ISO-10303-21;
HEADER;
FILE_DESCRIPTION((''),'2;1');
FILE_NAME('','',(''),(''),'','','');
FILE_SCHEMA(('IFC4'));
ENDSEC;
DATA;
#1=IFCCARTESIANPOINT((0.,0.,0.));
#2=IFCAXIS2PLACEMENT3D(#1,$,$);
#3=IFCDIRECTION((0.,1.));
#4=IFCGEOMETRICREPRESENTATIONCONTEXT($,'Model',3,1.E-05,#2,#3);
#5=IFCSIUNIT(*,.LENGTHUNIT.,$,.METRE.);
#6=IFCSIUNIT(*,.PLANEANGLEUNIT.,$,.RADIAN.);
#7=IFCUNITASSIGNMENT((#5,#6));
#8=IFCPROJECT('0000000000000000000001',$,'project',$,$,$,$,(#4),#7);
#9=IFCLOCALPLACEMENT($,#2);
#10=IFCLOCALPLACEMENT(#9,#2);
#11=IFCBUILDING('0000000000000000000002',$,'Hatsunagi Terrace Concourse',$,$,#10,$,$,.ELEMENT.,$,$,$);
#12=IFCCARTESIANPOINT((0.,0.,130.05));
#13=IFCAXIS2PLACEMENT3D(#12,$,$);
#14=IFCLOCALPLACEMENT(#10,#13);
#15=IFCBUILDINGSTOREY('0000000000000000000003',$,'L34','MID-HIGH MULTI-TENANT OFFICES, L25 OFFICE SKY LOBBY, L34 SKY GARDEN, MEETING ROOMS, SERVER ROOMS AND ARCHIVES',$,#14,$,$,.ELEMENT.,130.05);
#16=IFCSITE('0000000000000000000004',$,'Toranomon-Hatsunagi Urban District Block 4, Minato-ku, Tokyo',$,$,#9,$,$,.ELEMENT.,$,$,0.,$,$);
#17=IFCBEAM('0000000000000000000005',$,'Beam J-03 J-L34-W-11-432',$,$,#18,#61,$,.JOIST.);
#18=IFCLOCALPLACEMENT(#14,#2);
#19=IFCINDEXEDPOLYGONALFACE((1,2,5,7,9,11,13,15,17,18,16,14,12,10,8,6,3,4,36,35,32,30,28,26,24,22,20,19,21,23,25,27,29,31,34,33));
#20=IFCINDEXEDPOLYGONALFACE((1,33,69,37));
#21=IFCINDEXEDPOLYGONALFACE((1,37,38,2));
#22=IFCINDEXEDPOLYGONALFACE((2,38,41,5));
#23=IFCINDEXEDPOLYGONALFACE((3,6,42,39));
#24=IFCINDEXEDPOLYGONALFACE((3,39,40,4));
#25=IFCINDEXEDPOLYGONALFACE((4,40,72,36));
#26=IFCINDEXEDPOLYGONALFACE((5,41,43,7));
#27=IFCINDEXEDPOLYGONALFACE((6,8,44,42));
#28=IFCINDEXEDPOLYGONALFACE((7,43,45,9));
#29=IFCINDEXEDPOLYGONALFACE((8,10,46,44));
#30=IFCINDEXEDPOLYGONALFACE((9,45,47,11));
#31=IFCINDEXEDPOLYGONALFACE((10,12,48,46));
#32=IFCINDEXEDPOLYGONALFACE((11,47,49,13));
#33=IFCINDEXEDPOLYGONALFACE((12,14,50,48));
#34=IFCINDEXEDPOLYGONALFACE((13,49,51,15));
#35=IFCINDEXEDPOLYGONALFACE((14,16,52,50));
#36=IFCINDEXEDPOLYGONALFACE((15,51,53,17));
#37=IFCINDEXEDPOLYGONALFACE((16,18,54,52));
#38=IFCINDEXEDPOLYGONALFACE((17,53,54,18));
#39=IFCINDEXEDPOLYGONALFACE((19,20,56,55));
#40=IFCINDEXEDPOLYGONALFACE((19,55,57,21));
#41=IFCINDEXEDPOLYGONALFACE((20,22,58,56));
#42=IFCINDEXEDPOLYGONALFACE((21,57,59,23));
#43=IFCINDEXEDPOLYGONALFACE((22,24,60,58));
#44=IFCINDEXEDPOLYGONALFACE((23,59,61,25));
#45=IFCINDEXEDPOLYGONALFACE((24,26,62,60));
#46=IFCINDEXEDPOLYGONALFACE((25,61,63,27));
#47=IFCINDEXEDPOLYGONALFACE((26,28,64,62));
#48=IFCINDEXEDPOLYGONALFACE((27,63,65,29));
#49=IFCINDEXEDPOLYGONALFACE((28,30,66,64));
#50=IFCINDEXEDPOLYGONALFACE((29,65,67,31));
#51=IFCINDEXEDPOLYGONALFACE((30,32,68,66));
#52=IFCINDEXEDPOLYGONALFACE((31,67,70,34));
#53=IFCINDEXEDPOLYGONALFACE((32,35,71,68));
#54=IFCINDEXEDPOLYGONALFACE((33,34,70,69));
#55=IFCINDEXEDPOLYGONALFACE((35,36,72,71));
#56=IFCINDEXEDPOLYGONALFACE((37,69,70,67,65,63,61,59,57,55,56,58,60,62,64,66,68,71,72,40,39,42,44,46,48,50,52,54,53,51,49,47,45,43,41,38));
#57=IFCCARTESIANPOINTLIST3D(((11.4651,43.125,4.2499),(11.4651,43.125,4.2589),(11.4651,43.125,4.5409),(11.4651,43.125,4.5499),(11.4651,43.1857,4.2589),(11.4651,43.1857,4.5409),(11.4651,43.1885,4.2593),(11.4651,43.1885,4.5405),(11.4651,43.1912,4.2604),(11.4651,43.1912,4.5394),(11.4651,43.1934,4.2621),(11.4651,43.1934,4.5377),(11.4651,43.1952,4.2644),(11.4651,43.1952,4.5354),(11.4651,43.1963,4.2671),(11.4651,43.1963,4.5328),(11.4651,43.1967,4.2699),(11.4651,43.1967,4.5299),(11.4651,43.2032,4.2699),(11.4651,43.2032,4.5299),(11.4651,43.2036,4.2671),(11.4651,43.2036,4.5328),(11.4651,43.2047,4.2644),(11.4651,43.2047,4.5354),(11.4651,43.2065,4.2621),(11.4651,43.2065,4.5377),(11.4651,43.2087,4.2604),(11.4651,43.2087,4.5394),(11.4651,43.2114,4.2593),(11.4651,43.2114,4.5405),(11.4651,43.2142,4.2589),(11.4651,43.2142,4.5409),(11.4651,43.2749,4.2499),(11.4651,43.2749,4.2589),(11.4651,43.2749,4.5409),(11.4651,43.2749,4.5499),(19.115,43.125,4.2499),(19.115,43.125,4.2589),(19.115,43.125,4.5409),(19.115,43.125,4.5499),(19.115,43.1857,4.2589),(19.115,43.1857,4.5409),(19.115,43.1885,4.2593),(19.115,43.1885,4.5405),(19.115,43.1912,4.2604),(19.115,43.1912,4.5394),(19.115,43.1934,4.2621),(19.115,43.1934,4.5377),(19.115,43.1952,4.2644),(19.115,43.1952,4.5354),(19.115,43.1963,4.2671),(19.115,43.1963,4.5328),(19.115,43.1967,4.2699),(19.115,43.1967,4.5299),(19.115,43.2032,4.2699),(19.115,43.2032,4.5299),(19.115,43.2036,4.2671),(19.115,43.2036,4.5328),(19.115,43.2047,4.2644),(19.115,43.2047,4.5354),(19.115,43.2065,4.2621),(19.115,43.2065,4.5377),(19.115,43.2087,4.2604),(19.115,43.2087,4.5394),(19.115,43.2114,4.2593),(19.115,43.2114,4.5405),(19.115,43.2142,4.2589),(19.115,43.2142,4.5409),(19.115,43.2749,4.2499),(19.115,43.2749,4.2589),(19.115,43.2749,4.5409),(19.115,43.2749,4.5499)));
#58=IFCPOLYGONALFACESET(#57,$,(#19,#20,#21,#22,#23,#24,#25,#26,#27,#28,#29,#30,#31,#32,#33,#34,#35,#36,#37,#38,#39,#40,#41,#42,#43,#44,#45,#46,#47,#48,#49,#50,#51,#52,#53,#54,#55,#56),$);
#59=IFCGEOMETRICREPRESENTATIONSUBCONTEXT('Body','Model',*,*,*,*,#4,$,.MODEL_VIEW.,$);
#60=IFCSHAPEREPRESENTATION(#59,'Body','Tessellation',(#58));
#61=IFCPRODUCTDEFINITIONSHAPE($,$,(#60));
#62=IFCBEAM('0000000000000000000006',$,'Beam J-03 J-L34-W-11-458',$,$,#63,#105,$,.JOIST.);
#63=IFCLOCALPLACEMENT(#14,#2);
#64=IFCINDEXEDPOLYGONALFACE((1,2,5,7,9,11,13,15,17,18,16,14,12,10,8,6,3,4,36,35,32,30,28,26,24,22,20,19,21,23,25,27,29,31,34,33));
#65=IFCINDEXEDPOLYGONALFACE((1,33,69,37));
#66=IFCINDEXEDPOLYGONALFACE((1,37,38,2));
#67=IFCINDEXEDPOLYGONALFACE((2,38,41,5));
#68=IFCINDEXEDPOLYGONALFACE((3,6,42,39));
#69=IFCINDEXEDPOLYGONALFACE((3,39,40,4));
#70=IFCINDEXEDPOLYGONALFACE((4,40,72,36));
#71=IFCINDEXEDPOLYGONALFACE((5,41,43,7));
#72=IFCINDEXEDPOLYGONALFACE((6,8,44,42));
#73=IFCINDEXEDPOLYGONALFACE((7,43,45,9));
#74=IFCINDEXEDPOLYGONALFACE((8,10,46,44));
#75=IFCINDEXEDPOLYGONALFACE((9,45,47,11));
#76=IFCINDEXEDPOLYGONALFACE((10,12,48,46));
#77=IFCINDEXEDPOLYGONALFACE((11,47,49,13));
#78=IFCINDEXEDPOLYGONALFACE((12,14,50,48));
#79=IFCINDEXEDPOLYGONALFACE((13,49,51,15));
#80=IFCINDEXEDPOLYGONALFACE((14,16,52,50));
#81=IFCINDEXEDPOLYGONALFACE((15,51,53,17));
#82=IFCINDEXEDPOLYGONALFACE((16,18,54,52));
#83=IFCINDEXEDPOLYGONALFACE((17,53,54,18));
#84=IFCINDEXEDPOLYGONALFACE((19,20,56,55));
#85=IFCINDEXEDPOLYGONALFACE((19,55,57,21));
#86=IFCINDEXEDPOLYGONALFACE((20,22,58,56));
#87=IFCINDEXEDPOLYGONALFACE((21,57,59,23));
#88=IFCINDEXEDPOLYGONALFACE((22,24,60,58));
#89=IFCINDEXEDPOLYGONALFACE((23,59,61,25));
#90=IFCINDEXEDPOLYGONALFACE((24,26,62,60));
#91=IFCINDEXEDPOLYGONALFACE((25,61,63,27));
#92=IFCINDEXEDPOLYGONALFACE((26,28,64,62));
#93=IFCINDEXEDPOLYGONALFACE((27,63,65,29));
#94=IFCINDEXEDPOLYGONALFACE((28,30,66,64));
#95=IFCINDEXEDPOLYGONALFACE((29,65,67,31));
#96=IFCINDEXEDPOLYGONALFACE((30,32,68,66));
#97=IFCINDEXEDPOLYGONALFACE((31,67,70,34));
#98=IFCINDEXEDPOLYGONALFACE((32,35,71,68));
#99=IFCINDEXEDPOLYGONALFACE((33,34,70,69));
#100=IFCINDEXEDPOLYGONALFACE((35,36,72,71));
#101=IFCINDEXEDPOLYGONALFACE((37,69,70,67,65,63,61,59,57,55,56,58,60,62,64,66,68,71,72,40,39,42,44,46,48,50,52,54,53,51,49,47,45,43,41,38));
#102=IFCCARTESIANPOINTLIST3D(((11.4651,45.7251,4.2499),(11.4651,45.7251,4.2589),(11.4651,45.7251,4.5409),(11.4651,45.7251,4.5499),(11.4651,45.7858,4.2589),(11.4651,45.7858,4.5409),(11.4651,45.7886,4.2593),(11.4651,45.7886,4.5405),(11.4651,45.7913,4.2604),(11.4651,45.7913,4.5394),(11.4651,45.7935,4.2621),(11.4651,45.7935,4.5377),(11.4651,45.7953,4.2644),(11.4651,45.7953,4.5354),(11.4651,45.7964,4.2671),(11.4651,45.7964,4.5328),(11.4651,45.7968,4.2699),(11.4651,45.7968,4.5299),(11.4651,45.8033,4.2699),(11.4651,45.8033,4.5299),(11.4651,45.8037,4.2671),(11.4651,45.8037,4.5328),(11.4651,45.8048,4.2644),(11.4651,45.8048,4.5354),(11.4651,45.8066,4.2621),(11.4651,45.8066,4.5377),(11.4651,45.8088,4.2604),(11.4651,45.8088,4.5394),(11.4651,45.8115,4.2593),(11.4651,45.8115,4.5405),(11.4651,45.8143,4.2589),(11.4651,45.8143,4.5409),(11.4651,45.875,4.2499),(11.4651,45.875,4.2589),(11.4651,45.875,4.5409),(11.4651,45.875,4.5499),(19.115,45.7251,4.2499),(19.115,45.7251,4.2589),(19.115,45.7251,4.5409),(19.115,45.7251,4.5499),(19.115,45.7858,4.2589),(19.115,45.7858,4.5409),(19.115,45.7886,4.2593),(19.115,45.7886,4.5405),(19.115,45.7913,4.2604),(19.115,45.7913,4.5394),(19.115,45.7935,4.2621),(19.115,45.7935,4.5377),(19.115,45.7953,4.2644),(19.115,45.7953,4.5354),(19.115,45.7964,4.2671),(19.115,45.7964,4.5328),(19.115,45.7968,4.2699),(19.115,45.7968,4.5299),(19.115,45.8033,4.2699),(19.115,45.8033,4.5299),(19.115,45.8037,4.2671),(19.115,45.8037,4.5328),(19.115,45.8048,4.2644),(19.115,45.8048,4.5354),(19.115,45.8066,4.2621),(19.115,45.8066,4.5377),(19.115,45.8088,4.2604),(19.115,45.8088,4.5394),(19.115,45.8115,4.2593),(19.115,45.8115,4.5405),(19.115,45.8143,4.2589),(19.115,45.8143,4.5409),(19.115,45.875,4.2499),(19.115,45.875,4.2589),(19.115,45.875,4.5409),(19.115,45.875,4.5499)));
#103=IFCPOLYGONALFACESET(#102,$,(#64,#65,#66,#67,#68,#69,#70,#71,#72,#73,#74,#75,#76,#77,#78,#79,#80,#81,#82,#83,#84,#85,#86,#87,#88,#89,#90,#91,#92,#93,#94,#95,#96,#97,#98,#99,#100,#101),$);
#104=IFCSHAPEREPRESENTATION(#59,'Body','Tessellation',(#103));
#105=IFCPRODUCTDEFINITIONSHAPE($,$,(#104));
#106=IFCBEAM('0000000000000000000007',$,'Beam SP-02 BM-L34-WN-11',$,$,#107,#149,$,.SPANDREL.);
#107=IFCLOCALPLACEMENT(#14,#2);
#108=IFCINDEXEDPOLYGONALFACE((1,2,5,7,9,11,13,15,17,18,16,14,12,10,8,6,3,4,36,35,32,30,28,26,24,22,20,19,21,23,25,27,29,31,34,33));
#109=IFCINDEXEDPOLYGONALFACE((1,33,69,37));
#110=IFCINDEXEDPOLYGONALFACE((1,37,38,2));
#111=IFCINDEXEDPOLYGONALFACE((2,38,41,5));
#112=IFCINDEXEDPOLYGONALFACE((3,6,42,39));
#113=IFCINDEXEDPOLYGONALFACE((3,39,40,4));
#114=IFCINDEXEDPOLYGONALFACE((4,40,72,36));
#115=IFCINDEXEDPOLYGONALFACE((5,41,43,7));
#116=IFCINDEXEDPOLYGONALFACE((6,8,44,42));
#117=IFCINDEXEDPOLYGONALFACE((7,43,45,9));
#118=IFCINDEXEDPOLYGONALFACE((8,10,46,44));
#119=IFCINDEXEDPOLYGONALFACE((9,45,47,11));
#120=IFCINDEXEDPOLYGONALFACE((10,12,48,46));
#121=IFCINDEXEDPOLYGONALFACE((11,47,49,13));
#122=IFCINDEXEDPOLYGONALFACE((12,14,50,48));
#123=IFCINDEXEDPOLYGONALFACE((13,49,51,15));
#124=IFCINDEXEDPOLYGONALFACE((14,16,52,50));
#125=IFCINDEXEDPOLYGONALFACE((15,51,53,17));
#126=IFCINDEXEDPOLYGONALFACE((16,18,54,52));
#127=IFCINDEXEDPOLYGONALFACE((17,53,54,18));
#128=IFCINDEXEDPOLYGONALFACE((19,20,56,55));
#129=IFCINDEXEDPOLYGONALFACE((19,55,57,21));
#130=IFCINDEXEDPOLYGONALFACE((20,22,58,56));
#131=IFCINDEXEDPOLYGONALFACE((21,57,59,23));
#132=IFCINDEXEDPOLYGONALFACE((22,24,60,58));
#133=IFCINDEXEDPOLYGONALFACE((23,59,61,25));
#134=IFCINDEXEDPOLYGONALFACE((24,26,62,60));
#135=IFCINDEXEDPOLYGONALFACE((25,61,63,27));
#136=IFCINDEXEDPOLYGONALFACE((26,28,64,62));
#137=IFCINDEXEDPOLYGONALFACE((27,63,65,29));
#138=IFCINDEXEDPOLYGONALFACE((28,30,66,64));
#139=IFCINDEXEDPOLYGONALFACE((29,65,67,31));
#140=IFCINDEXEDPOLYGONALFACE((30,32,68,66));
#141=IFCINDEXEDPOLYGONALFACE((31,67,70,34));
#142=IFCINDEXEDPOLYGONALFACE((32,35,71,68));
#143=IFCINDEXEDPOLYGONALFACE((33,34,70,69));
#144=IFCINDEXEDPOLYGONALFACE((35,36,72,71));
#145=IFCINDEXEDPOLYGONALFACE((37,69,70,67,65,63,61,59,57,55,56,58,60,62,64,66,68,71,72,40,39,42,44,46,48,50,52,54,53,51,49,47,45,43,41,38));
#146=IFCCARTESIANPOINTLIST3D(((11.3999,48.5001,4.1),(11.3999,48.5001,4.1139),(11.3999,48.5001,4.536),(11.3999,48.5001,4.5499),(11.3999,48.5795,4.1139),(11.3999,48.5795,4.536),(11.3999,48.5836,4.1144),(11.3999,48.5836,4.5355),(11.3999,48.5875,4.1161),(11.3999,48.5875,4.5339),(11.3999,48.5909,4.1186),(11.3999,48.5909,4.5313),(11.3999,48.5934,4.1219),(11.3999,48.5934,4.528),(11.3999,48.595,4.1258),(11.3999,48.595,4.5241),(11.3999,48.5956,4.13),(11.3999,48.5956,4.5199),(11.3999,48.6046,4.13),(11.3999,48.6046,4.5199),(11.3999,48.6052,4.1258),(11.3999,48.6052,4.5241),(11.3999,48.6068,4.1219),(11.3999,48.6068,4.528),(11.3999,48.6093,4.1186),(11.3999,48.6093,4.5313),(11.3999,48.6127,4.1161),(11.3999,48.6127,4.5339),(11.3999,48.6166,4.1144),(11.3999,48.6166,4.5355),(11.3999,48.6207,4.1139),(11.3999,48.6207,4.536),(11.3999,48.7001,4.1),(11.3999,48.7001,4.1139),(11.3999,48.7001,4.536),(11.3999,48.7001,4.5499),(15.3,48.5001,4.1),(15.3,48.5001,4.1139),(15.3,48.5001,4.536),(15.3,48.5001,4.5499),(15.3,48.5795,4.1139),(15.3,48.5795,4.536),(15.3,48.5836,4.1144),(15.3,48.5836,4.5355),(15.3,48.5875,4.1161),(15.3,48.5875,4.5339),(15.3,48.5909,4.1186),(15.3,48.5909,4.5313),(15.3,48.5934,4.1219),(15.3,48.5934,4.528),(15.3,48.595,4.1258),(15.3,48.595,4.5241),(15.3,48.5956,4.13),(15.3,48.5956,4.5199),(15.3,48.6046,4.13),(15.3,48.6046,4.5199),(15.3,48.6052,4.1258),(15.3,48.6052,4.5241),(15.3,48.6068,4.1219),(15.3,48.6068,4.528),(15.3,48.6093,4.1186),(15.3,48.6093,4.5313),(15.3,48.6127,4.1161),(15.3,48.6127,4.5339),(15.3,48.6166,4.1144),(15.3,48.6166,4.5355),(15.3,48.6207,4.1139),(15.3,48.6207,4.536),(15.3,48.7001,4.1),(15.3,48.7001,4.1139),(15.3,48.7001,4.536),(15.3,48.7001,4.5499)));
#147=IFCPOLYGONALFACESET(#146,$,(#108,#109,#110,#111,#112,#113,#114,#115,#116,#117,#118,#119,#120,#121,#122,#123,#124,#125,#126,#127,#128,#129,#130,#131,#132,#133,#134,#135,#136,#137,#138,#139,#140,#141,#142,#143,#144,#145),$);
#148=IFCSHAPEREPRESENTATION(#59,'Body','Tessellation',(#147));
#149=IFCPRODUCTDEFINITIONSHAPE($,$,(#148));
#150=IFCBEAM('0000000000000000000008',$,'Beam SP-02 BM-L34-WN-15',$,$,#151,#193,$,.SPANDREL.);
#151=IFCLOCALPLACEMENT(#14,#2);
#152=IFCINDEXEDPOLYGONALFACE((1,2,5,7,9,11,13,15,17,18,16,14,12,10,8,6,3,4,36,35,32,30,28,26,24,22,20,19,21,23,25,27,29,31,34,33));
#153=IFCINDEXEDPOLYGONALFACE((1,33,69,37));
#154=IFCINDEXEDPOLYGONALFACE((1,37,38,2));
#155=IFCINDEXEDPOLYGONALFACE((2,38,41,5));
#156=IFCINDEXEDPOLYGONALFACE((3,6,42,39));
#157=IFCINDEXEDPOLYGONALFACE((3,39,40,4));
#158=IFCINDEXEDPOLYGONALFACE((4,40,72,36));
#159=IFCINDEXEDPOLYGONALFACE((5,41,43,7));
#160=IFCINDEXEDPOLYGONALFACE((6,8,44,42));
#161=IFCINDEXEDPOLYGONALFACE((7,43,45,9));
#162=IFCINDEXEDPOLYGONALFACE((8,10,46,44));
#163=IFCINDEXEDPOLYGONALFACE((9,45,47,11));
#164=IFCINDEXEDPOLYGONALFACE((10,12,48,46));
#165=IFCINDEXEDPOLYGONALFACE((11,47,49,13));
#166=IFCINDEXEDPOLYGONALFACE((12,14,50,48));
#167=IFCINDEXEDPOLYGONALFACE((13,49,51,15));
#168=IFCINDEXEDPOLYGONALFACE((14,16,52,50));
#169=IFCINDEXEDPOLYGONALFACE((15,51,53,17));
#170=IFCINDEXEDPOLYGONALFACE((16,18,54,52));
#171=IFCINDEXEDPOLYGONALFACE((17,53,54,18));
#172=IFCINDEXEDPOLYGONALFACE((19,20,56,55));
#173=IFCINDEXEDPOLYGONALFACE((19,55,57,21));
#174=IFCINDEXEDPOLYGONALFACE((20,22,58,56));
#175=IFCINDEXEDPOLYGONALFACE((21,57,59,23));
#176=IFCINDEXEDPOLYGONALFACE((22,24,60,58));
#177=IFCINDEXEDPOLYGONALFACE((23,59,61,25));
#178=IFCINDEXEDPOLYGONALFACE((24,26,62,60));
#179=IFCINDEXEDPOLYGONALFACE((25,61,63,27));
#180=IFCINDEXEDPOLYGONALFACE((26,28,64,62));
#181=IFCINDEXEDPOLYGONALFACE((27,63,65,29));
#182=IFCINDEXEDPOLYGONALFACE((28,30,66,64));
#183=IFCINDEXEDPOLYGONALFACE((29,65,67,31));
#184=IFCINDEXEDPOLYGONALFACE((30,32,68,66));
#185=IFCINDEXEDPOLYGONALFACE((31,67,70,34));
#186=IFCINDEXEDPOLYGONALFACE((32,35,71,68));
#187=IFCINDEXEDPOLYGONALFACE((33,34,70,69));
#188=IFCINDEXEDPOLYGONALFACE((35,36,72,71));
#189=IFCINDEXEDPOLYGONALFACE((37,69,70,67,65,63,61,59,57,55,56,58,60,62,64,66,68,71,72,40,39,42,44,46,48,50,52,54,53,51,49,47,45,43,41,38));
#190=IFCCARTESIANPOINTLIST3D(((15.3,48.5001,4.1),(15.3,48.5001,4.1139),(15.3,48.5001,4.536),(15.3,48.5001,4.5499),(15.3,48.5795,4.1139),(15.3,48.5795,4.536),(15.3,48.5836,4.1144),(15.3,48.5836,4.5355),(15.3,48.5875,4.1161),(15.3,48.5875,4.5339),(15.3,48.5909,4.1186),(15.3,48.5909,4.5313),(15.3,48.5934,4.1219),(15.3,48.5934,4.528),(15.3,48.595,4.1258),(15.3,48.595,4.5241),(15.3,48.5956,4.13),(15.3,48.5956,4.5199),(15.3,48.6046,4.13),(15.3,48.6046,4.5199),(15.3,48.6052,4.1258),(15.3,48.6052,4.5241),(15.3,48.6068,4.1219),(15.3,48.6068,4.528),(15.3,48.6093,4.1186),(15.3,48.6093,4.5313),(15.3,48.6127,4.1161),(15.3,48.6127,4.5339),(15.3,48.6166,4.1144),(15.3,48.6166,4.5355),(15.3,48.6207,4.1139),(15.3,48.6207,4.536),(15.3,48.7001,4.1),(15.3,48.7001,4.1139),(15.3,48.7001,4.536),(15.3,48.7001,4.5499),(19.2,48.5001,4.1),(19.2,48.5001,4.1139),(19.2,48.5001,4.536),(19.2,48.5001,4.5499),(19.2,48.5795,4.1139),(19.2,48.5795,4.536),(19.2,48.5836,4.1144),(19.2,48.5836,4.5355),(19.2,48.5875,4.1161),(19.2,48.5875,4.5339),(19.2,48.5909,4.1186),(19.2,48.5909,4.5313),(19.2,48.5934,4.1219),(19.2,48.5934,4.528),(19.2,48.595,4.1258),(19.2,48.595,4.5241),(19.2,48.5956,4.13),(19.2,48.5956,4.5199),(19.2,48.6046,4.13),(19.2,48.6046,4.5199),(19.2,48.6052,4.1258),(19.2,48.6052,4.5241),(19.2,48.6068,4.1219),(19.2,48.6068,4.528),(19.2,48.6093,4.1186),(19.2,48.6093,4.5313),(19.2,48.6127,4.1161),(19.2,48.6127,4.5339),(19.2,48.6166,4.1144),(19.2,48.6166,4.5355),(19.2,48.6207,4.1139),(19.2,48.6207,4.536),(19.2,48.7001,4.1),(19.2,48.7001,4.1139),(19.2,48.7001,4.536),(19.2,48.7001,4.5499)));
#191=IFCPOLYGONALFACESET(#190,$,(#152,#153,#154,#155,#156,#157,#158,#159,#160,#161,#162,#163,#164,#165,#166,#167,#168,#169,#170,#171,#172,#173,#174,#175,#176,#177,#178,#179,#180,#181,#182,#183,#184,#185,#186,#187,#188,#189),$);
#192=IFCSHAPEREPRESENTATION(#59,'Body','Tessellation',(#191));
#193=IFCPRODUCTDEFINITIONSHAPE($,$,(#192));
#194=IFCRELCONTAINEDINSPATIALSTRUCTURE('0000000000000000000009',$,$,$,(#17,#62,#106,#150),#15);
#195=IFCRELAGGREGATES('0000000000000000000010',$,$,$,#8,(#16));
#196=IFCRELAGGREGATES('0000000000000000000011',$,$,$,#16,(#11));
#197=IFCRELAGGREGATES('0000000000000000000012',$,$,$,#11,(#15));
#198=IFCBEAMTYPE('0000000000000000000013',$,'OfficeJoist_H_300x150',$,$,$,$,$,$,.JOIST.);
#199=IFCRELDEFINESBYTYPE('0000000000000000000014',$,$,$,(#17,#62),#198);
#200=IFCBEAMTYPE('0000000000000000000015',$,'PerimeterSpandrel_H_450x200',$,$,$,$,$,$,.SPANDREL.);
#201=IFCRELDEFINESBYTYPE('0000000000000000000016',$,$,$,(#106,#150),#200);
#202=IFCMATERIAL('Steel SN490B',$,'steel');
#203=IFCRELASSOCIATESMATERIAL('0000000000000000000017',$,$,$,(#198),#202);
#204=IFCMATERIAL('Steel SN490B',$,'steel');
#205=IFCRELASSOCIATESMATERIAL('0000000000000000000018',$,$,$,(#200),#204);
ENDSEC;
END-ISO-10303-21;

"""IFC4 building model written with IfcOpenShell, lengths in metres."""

from ifc_helpers import new_model, si_unit, direction, frame, origin, origin_2d, place, context, subcontext, project, spatial, i_section, extrude, material, material_profile, profile_set, type_object, element, save


model = new_model("IFC4")

# Units and contexts
model_context = context("Model", 3, precision=1e-05, world=origin(), true_north=direction((0.0, 1.0)))
body_context = subcontext(model_context, "Body", "Model", "MODEL_VIEW")
ifc_project = project(units=[si_unit("LENGTHUNIT", "METRE"), si_unit("PLANEANGLEUNIT", "RADIAN")], contexts=[model_context])

# Site, building, storey
site_placement = place(None, origin())
site = spatial("IfcSite", under=ifc_project, at=site_placement, Name="Toranomon-Hatsunagi Urban District Block 4, Minato-ku, Tokyo", CompositionType="ELEMENT", RefElevation=0.0)
building_placement = place(site_placement, origin())
building = spatial("IfcBuilding", under=site, at=building_placement, Name="Hatsunagi Terrace Concourse", CompositionType="ELEMENT")
storey_placement = place(building_placement, frame((0.0, 0.0, 130.05)))
storey = spatial("IfcBuildingStorey", under=building, at=storey_placement, Name="L34", Description="MID-HIGH MULTI-TENANT OFFICES, L25 OFFICE SKY LOBBY, L34 SKY GARDEN, MEETING ROOMS, SERVER ROOMS AND ARCHIVES", CompositionType="ELEMENT", Elevation=130.05)

# Beams
ifc_material_1 = material(Name="Steel SN490B", Category="steel")
ifc_material_profile_1 = material_profile(ifc_material_1, i_section(OverallWidth=0.1499, OverallDepth=0.3, WebThickness=0.0066, FlangeThickness=0.009, FilletRadius=0.011, at=origin_2d()), Name="H-300x150x6.5x9")
ifc_profile_set_1 = profile_set([ifc_material_profile_1], Name="Steel SN490B")
beam_type_1 = type_object("IfcBeamType", Name="OfficeJoist_H_300x150", PredefinedType="JOIST", material=ifc_profile_set_1)
for number, where, z_axis, x_axis, name in (
    (1, (11.4651, 43.2, 4.3999), (1.0, 0.0, 0.0), (0.0, 1.0, 0.0), "Beam J-03 J-L34-W-11-432"),
    (2, (11.4651, 45.8, 4.3999), (1.0, 0.0, 0.0), (0.0, 1.0, 0.0), "Beam J-03 J-L34-W-11-458"),
):
    element("IfcBeam", number, at=place(storey_placement, frame(where, z_axis=z_axis, x_axis=x_axis)), inside=storey, type_object=beam_type_1, Name=name, PredefinedType="JOIST", context=body_context, shape_type="SweptSolid", body=[
        extrude(i_section(OverallWidth=0.1499, OverallDepth=0.3, WebThickness=0.0066, FlangeThickness=0.009, FilletRadius=0.011, at=origin_2d()), origin(), (0.0, 0.0, 1.0), 7.6499),
    ])
ifc_material_2 = material(Name="Steel SN490B", Category="steel")
ifc_material_profile_2 = material_profile(ifc_material_2, i_section(OverallWidth=0.2, OverallDepth=0.45, WebThickness=0.009, FlangeThickness=0.0139, FilletRadius=0.0161, at=origin_2d()), Name="H-450x200x9x14")
ifc_profile_set_2 = profile_set([ifc_material_profile_2], Name="Steel SN490B")
beam_type_2 = type_object("IfcBeamType", Name="PerimeterSpandrel_H_450x200", PredefinedType="SPANDREL", material=ifc_profile_set_2)
beam_1_placement = place(storey_placement, frame((11.3999, 48.6001, 4.325), z_axis=(1.0, 0.0, 0.0), x_axis=(0.0, 1.0, 0.0)))
element("IfcBeam", 3, at=beam_1_placement, inside=storey, type_object=beam_type_2, Name="Beam SP-02 BM-L34-WN-11", PredefinedType="SPANDREL", context=body_context, shape_type="SweptSolid", body=[
    extrude(i_section(OverallWidth=0.2, OverallDepth=0.45, WebThickness=0.009, FlangeThickness=0.0139, FilletRadius=0.0161, at=origin_2d()), origin(), (0.0, 0.0, 1.0), 3.9001),
])
beam_2_placement = place(storey_placement, frame((15.3, 48.6001, 4.325), z_axis=(1.0, 0.0, 0.0), x_axis=(0.0, 1.0, 0.0)))
element("IfcBeam", 4, at=beam_2_placement, inside=storey, type_object=beam_type_2, Name="Beam SP-02 BM-L34-WN-15", PredefinedType="SPANDREL", context=body_context, shape_type="SweptSolid", body=[
    extrude(i_section(OverallWidth=0.2, OverallDepth=0.45, WebThickness=0.009, FlangeThickness=0.0139, FilletRadius=0.0161, at=origin_2d()), origin(), (0.0, 0.0, 1.0), 3.8999),
])

save(model, "model.ifc")
